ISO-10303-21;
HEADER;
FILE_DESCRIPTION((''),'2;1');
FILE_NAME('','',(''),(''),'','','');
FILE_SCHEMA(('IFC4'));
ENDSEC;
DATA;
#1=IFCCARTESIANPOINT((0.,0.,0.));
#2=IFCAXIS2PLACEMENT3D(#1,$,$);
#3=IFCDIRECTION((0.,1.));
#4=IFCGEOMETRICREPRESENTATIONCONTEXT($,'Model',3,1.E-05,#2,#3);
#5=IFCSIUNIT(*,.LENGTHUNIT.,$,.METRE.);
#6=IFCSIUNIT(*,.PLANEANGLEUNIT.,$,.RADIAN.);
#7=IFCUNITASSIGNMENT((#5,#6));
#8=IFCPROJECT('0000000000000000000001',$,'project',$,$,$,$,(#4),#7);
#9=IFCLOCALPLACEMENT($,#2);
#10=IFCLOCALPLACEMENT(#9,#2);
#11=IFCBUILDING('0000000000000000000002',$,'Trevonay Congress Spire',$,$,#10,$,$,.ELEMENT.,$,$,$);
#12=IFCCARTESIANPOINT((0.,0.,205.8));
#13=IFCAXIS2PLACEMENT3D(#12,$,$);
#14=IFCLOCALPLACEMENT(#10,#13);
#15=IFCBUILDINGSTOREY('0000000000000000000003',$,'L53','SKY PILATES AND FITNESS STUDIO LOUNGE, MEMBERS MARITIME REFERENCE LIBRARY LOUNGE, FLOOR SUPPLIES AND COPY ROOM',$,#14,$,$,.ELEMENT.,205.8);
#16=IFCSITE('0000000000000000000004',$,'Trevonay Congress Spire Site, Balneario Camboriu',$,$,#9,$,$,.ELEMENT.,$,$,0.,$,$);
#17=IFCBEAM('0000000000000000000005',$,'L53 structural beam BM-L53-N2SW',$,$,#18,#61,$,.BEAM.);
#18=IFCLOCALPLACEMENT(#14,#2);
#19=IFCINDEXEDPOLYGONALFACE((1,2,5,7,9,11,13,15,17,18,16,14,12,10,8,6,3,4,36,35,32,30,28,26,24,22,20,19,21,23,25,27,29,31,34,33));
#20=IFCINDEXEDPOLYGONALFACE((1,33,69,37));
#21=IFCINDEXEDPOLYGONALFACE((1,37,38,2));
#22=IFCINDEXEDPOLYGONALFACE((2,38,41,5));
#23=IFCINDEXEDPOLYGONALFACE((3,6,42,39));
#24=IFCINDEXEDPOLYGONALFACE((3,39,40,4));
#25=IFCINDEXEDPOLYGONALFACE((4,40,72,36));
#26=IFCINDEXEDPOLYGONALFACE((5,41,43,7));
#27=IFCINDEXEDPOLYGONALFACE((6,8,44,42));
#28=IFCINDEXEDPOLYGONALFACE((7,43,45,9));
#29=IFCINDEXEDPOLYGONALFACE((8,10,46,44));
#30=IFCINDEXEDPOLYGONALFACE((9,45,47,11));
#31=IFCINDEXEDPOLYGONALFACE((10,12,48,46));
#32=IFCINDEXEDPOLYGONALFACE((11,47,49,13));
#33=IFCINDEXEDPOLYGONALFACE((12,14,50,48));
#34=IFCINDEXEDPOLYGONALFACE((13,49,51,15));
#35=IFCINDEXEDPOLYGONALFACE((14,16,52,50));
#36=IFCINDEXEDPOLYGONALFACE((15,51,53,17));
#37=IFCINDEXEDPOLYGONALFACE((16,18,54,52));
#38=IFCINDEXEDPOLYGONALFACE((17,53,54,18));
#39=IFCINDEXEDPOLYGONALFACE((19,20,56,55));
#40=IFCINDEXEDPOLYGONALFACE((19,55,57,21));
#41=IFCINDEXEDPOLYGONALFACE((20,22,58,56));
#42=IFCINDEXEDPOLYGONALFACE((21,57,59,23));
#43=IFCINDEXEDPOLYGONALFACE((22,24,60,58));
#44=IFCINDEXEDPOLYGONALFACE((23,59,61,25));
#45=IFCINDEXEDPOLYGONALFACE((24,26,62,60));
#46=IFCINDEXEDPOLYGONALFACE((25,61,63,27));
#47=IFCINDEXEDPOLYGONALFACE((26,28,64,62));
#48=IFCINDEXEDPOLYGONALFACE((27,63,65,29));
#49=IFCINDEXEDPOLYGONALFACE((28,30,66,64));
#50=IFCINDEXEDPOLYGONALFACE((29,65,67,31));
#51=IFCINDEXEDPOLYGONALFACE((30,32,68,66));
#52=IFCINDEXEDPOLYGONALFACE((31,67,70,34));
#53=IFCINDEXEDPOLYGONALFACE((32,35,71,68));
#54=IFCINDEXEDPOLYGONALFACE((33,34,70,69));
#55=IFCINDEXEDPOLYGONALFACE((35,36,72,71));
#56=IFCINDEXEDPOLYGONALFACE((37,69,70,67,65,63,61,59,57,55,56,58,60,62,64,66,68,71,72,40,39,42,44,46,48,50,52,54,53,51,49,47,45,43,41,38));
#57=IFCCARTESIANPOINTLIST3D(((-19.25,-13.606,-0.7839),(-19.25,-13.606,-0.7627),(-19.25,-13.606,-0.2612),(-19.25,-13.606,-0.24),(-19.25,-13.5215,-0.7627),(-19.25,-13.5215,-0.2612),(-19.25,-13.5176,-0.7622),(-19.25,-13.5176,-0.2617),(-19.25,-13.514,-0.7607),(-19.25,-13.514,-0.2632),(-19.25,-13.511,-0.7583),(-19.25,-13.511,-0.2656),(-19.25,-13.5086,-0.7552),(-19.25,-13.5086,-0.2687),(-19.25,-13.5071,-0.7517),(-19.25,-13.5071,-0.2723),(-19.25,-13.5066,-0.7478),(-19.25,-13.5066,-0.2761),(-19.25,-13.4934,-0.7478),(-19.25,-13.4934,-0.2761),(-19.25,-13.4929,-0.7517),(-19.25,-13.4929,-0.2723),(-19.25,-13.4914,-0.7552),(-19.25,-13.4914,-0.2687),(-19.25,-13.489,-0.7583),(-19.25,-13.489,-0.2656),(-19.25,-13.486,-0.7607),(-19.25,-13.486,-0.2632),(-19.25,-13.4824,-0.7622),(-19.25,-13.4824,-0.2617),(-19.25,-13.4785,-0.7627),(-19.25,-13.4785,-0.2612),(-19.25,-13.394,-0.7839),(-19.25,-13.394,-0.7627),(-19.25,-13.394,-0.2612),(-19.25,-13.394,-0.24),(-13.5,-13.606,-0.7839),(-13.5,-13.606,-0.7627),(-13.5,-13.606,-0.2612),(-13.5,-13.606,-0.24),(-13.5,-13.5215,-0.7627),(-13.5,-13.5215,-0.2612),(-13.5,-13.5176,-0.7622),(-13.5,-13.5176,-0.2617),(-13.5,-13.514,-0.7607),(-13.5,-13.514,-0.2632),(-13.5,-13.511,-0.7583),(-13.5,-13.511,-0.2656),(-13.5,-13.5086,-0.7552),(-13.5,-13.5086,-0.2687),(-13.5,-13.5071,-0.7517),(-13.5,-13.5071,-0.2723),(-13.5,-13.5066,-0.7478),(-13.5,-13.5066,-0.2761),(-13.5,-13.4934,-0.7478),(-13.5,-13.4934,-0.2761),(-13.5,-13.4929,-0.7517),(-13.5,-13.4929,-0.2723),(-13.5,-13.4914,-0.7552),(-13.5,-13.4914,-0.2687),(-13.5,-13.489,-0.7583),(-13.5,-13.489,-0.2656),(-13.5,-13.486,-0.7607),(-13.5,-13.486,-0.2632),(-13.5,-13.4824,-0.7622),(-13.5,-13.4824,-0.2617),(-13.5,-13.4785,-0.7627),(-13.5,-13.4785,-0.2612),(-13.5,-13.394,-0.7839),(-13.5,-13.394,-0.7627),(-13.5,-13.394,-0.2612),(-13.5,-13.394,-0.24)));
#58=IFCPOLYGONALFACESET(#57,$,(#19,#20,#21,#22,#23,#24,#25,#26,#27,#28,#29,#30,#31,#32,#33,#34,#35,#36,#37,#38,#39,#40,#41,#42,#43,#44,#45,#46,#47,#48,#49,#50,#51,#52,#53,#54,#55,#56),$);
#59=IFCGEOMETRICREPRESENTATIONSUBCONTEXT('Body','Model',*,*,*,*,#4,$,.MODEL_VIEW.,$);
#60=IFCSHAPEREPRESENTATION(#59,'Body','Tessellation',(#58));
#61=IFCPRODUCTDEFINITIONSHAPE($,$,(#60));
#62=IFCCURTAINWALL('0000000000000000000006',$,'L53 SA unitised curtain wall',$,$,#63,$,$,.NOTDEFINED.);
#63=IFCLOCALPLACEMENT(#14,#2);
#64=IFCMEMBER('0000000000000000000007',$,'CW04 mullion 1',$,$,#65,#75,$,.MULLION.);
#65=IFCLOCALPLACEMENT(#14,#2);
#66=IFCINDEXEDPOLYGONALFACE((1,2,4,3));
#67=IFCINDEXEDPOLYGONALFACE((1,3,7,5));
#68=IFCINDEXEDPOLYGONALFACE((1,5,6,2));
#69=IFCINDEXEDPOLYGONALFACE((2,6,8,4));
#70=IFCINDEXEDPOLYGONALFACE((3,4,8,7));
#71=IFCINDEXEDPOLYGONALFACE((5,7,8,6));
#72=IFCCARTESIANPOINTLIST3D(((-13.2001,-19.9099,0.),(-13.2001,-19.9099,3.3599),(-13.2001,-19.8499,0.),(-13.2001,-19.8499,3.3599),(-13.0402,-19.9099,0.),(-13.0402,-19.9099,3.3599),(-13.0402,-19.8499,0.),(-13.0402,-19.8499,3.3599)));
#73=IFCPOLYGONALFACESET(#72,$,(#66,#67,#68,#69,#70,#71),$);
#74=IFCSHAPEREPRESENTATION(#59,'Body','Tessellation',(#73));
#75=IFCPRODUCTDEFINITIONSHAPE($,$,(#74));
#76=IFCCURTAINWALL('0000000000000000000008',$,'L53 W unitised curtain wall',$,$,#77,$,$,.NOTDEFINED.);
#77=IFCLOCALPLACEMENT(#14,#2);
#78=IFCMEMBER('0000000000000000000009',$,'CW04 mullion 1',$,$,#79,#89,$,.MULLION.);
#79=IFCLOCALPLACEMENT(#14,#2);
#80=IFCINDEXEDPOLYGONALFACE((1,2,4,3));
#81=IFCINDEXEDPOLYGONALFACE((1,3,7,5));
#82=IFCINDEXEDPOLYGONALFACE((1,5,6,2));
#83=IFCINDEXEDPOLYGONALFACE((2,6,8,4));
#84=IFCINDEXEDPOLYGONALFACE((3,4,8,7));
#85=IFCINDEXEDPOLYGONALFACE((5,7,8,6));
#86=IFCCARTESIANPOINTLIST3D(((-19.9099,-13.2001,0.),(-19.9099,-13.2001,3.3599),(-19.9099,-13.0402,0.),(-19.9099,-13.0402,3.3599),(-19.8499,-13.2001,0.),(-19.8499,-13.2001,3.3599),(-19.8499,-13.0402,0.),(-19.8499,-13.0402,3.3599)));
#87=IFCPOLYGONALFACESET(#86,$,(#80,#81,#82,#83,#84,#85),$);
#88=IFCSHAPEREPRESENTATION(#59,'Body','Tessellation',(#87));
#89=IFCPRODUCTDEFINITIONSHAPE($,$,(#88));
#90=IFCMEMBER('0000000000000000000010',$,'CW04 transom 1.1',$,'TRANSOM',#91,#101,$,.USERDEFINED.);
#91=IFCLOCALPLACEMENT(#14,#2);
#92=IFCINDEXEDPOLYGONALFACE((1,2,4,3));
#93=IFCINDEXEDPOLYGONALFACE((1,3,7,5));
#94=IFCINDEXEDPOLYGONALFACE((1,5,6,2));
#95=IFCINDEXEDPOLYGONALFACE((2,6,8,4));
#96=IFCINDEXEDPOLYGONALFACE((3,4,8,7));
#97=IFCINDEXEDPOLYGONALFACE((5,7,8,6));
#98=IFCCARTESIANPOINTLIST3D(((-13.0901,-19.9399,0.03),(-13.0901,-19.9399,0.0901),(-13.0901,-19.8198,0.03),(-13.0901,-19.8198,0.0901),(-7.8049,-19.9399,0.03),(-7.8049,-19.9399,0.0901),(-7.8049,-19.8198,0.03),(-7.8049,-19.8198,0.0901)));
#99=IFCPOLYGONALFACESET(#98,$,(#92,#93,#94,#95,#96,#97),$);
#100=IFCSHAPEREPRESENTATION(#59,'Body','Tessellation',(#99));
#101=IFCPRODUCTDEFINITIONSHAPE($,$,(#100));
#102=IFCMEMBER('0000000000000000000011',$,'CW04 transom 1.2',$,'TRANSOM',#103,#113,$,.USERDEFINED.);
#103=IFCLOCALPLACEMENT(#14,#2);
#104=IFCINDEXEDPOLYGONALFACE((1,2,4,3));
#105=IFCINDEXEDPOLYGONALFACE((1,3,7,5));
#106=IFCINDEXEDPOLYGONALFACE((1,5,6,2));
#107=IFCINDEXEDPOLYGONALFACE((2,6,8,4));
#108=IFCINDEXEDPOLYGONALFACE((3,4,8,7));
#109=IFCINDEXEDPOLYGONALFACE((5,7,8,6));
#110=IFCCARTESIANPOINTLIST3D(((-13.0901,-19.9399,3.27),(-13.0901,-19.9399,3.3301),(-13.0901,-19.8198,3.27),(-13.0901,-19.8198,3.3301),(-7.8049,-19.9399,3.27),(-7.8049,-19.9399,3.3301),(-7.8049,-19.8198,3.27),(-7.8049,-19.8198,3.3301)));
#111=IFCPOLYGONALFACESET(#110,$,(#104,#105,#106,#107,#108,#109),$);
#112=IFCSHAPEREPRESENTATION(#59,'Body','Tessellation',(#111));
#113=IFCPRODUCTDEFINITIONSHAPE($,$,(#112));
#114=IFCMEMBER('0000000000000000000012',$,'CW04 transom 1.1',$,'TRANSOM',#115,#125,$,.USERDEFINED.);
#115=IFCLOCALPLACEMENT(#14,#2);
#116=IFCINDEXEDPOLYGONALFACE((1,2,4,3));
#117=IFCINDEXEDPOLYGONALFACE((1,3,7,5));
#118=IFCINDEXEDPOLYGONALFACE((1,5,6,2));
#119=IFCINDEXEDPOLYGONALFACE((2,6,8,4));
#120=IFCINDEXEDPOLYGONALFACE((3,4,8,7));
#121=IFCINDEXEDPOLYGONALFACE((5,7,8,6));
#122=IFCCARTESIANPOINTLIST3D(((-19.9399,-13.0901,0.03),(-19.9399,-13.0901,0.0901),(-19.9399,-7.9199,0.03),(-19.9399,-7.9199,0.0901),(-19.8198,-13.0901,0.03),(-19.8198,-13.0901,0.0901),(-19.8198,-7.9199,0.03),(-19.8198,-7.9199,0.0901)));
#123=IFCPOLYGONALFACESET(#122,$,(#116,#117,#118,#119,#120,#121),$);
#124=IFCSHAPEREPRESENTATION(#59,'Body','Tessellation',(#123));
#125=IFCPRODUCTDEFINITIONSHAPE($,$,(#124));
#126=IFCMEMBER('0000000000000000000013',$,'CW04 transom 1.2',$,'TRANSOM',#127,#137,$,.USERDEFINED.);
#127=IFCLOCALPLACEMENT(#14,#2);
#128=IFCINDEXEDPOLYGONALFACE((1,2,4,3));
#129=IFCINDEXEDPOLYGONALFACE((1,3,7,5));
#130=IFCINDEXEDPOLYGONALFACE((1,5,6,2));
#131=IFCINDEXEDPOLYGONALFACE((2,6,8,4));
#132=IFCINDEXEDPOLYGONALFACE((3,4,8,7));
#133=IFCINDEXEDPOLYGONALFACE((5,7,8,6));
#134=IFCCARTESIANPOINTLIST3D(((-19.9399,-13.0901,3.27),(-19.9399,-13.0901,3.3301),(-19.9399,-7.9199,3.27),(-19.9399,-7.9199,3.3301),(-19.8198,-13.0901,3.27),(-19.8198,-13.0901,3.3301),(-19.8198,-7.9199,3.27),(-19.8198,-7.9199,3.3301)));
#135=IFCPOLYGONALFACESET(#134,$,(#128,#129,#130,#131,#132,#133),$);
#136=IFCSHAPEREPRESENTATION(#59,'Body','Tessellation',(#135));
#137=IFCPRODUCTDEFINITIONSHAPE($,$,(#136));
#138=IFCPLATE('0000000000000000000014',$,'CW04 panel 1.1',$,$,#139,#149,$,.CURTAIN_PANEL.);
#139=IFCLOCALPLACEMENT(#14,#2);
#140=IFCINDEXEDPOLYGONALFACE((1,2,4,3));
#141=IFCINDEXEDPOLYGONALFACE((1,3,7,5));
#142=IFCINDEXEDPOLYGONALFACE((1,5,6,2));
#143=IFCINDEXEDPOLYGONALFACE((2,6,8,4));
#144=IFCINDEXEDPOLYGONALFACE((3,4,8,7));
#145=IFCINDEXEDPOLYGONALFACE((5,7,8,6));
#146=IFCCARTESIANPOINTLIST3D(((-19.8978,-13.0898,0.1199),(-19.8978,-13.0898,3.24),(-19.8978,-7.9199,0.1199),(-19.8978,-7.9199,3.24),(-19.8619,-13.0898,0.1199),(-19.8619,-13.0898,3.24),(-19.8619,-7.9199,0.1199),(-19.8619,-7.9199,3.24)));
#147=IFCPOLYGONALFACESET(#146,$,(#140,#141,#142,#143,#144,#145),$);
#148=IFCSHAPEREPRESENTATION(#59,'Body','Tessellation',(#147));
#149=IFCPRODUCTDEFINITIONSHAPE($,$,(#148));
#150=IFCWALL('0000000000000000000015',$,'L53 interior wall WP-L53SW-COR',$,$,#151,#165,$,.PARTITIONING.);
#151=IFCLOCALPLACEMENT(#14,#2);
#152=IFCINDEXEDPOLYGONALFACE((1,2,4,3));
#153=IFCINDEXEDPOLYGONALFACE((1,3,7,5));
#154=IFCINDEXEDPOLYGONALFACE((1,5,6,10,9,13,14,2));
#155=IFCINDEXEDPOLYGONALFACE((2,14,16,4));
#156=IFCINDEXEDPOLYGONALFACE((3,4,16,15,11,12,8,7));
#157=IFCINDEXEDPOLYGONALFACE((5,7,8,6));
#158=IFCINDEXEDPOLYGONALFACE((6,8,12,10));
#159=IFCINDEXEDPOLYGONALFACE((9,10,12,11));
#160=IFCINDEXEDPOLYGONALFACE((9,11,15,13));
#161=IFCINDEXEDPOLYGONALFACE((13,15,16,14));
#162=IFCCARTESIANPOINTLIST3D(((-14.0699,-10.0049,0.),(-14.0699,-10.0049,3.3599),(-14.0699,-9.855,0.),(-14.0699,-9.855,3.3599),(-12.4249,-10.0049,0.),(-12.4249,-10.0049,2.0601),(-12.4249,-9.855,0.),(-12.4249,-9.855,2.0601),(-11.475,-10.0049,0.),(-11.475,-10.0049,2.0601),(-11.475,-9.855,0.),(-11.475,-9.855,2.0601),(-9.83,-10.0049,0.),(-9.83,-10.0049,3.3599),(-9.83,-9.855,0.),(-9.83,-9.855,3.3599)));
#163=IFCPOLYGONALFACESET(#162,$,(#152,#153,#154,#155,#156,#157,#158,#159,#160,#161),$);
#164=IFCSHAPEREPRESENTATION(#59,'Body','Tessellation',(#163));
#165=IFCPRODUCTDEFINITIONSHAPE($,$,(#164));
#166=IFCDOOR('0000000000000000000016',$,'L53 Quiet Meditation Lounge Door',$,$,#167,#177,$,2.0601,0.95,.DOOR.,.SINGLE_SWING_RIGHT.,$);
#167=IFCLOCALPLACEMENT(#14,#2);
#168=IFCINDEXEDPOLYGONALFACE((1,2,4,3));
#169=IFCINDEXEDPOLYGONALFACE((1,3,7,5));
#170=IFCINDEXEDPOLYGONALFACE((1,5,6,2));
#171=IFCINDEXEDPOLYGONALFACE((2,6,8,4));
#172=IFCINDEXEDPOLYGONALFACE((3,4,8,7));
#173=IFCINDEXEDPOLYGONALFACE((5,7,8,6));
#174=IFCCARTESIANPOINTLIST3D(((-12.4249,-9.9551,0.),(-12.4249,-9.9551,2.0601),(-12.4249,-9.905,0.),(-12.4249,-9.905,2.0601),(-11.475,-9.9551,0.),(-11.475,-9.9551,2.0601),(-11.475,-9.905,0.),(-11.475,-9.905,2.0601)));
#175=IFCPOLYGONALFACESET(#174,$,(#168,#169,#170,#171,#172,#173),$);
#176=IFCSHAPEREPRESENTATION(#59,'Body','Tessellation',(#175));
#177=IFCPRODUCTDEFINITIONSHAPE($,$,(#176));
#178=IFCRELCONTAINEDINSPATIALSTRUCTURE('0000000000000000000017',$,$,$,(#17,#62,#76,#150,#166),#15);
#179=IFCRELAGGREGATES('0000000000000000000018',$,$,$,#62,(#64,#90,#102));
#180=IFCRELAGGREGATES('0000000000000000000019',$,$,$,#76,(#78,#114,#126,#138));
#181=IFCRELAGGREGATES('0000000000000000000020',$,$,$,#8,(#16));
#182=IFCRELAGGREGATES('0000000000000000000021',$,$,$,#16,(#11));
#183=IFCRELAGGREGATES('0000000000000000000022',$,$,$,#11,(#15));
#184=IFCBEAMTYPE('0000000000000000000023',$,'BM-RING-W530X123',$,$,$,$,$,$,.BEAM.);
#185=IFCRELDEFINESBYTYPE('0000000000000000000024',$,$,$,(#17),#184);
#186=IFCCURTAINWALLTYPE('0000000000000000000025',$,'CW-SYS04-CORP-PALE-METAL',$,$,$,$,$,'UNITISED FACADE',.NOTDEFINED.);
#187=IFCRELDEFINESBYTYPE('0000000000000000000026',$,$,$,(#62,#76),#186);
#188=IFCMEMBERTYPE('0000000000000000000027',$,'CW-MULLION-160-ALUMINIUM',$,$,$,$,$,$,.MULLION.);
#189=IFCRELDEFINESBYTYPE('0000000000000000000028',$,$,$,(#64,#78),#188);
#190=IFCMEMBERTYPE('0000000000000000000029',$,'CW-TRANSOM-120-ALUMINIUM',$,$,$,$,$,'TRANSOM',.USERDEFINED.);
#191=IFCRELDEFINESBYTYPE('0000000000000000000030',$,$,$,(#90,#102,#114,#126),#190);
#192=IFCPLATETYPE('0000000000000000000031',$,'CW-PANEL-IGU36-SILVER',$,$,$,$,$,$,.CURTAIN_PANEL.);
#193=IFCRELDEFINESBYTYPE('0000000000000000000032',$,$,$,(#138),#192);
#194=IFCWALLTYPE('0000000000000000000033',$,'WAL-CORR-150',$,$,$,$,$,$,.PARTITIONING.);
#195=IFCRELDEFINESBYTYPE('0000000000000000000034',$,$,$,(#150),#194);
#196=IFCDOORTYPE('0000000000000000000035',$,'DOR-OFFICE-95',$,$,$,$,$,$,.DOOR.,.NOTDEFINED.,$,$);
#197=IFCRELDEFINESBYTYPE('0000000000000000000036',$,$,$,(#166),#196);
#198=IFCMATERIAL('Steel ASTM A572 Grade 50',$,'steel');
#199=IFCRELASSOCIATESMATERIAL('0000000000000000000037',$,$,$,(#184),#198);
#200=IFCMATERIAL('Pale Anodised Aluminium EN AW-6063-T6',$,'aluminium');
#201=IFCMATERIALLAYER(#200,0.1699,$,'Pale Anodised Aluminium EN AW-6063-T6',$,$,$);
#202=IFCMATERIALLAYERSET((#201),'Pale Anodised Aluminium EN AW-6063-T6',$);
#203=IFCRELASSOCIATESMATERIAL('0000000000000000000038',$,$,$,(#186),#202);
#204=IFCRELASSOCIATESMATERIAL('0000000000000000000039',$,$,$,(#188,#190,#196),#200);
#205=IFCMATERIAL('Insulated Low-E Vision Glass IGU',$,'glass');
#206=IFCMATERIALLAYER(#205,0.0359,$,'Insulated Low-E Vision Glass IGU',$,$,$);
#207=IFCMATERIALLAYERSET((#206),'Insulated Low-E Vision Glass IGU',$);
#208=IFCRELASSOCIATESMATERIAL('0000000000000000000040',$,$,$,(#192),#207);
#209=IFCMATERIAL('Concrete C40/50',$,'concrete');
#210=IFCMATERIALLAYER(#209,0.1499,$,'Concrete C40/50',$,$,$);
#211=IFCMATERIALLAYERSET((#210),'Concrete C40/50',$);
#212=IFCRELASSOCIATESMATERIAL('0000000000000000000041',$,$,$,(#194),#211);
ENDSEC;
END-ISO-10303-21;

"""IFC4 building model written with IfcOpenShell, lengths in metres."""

from ifc_helpers import new_model, si_unit, direction, frame, frame_2d, origin, origin_2d, place, context, subcontext, project, spatial, rectangle, i_section, extrude, material, layer, layer_set, material_profile, profile_set, type_object, element, fill, aggregate, save


model = new_model("IFC4")

# Units and contexts
model_context = context("Model", 3, precision=1e-05, world=origin(), true_north=direction((0.0, 1.0)))
body_context = subcontext(model_context, "Body", "Model", "MODEL_VIEW")
ifc_project = project(units=[si_unit("LENGTHUNIT", "METRE"), si_unit("PLANEANGLEUNIT", "RADIAN")], contexts=[model_context])

# Site, building, storey
site_placement = place(None, origin())
site = spatial("IfcSite", under=ifc_project, at=site_placement, Name="Trevonay Congress Spire Site, Balneario Camboriu", CompositionType="ELEMENT", RefElevation=0.0)
building_placement = place(site_placement, origin())
building = spatial("IfcBuilding", under=site, at=building_placement, Name="Trevonay Congress Spire", CompositionType="ELEMENT")
storey_placement = place(building_placement, frame((0.0, 0.0, 205.8)))
storey = spatial("IfcBuildingStorey", under=building, at=storey_placement, Name="L53", Description="SKY PILATES AND FITNESS STUDIO LOUNGE, MEMBERS MARITIME REFERENCE LIBRARY LOUNGE, FLOOR SUPPLIES AND COPY ROOM", CompositionType="ELEMENT", Elevation=205.8)

# Shared definitions
ifc_material_1 = material(Name="Steel ASTM A572 Grade 50", Category="steel")

# Beam
ifc_material_profile_1 = material_profile(ifc_material_1, i_section(OverallWidth=0.2119, OverallDepth=0.5439, WebThickness=0.0132, FlangeThickness=0.0212, FilletRadius=0.0149, at=origin_2d()), Name="W530x123")
ifc_profile_set_1 = profile_set([ifc_material_profile_1], Name="Steel ASTM A572 Grade 50")
beam_type = type_object("IfcBeamType", Name="BM-RING-W530X123", PredefinedType="BEAM", material=ifc_profile_set_1)
for number, where, z_axis, x_axis, name in (
    (1, (-19.25, -13.5, -0.512), (1.0, 0.0, 0.0), (0.0, 1.0, 0.0), "L53 structural beam BM-L53-N2SW"),
):
    element("IfcBeam", number, at=place(storey_placement, frame(where, z_axis=z_axis, x_axis=x_axis)), inside=storey, type_object=beam_type, Name=name, PredefinedType="BEAM", context=body_context, shape_type="SweptSolid", body=[
        extrude(i_section(OverallWidth=0.2119, OverallDepth=0.5439, WebThickness=0.0132, FlangeThickness=0.0212, FilletRadius=0.0149, at=origin_2d()), origin(), (0.0, 0.0, 1.0), 5.75),
    ])

# Curtain walls, members
ifc_material_2 = material(Name="Pale Anodised Aluminium EN AW-6063-T6", Category="aluminium")
ifc_layer_1 = layer(ifc_material_2, 0.1699, Name="Pale Anodised Aluminium EN AW-6063-T6")
ifc_layer_set_1 = layer_set([ifc_layer_1], Name="Pale Anodised Aluminium EN AW-6063-T6")
curtain_wall_type = type_object("IfcCurtainWallType", Name="CW-SYS04-CORP-PALE-METAL", ElementType="UNITISED FACADE", PredefinedType="NOTDEFINED", material=ifc_layer_set_1)
curtain_wall_1_placement = place(storey_placement, origin())
curtain_wall_1 = element("IfcCurtainWall", 2, at=curtain_wall_1_placement, inside=storey, type_object=curtain_wall_type, Name="L53 SA unitised curtain wall", PredefinedType="NOTDEFINED")
ifc_material_profile_2 = material_profile(ifc_material_2, rectangle(XDim=0.0601, YDim=0.1599, at=origin_2d()), Name="CW-MULLION-160-ALUMINIUM")
ifc_profile_set_2 = profile_set([ifc_material_profile_2], Name="Pale Anodised Aluminium EN AW-6063-T6")
member_type_1 = type_object("IfcMemberType", Name="CW-MULLION-160-ALUMINIUM", PredefinedType="MULLION", material=ifc_profile_set_2)
member_1_placement = place(storey_placement, frame((-13.1201, -19.8799, 0.0), z_axis=(0.0, 0.0, 1.0), x_axis=(0.0, 1.0, 0.0)))
member_1 = element("IfcMember", 3, at=member_1_placement, type_object=member_type_1, Name="CW04 mullion 1", PredefinedType="MULLION", context=body_context, shape_type="SweptSolid", body=[
    extrude(rectangle(XDim=0.0601, YDim=0.1599, at=origin_2d()), origin(), (0.0, 0.0, 1.0), 3.3599),
])
curtain_wall_2_placement = place(storey_placement, origin())
curtain_wall_2 = element("IfcCurtainWall", 4, at=curtain_wall_2_placement, inside=storey, type_object=curtain_wall_type, Name="L53 W unitised curtain wall", PredefinedType="NOTDEFINED")
member_2_placement = place(storey_placement, frame((-19.8799, -13.1201, 0.0), z_axis=(0.0, 0.0, 1.0), x_axis=(-1.0, 0.0, 0.0)))
member_2 = element("IfcMember", 5, at=member_2_placement, type_object=member_type_1, Name="CW04 mullion 1", PredefinedType="MULLION", context=body_context, shape_type="SweptSolid", body=[
    extrude(rectangle(XDim=0.0601, YDim=0.1599, at=origin_2d()), origin(), (0.0, 0.0, 1.0), 3.3599),
])

# Members
ifc_material_profile_3 = material_profile(ifc_material_2, rectangle(XDim=0.1201, YDim=0.0601, at=origin_2d()), Name="CW-TRANSOM-120-ALUMINIUM")
ifc_profile_set_3 = profile_set([ifc_material_profile_3], Name="Pale Anodised Aluminium EN AW-6063-T6")
member_type_2 = type_object("IfcMemberType", Name="CW-TRANSOM-120-ALUMINIUM", ElementType="TRANSOM", PredefinedType="USERDEFINED", material=ifc_profile_set_3)
member_3_placement = place(storey_placement, frame((-13.0901, -19.8799, 0.0601), z_axis=(1.0, 0.0, 0.0), x_axis=(0.0, 1.0, 0.0)))
member_3 = element("IfcMember", 6, at=member_3_placement, type_object=member_type_2, Name="CW04 transom 1.1", ObjectType="TRANSOM", PredefinedType="USERDEFINED", context=body_context, shape_type="SweptSolid", body=[
    extrude(rectangle(XDim=0.1201, YDim=0.0601, at=origin_2d()), origin(), (0.0, 0.0, 1.0), 5.2852),
])
member_4_placement = place(storey_placement, frame((-13.0901, -19.8799, 3.3), z_axis=(1.0, 0.0, 0.0), x_axis=(0.0, 1.0, 0.0)))
member_4 = element("IfcMember", 7, at=member_4_placement, type_object=member_type_2, Name="CW04 transom 1.2", ObjectType="TRANSOM", PredefinedType="USERDEFINED", context=body_context, shape_type="SweptSolid", body=[
    extrude(rectangle(XDim=0.1201, YDim=0.0601, at=origin_2d()), origin(), (0.0, 0.0, 1.0), 5.2852),
])
aggregate(curtain_wall_1, [member_1, member_3, member_4])
member_5_placement = place(storey_placement, frame((-19.8799, -13.0901, 0.0601), z_axis=(0.0, 1.0, 0.0), x_axis=(-1.0, 0.0, 0.0)))
member_5 = element("IfcMember", 8, at=member_5_placement, type_object=member_type_2, Name="CW04 transom 1.1", ObjectType="TRANSOM", PredefinedType="USERDEFINED", context=body_context, shape_type="SweptSolid", body=[
    extrude(rectangle(XDim=0.1201, YDim=0.0601, at=origin_2d()), origin(), (0.0, 0.0, 1.0), 5.1702),
])
member_6_placement = place(storey_placement, frame((-19.8799, -13.0901, 3.3), z_axis=(0.0, 1.0, 0.0), x_axis=(-1.0, 0.0, 0.0)))
member_6 = element("IfcMember", 9, at=member_6_placement, type_object=member_type_2, Name="CW04 transom 1.2", ObjectType="TRANSOM", PredefinedType="USERDEFINED", context=body_context, shape_type="SweptSolid", body=[
    extrude(rectangle(XDim=0.1201, YDim=0.0601, at=origin_2d()), origin(), (0.0, 0.0, 1.0), 5.1702),
])

# Plate
ifc_material_3 = material(Name="Insulated Low-E Vision Glass IGU", Category="glass")
ifc_layer_2 = layer(ifc_material_3, 0.0359, Name="Insulated Low-E Vision Glass IGU")
ifc_layer_set_2 = layer_set([ifc_layer_2], Name="Insulated Low-E Vision Glass IGU")
plate_type = type_object("IfcPlateType", Name="CW-PANEL-IGU36-SILVER", PredefinedType="CURTAIN_PANEL", material=ifc_layer_set_2)
plate_placement = place(storey_placement, frame((-19.8799, -10.5049, 0.1199), z_axis=(0.0, 0.0, 1.0), x_axis=(0.0, 1.0, 0.0)))
plate = element("IfcPlate", 10, at=plate_placement, type_object=plate_type, Name="CW04 panel 1.1", PredefinedType="CURTAIN_PANEL", context=body_context, shape_type="SweptSolid", body=[
    extrude(rectangle(XDim=5.1699, YDim=0.0359, at=origin_2d()), origin(), (0.0, 0.0, 1.0), 3.1201),
])
aggregate(curtain_wall_2, [member_2, member_5, member_6, plate])

# Wall, opening, door
ifc_material_4 = material(Name="Concrete C40/50", Category="concrete")
ifc_layer_3 = layer(ifc_material_4, 0.1499, Name="Concrete C40/50")
ifc_layer_set_3 = layer_set([ifc_layer_3], Name="Concrete C40/50")
wall_type_1 = type_object("IfcWallType", Name="WAL-CORR-150", PredefinedType="PARTITIONING", material=ifc_layer_set_3)
wall_1_placement = place(storey_placement, frame((-14.0701, -9.9299, 0.0), z_axis=(0.0, 0.0, 1.0), x_axis=(1.0, 0.0, 0.0)))
wall_1 = element("IfcWall", 11, at=wall_1_placement, inside=storey, type_object=wall_type_1, Name="L53 interior wall WP-L53SW-COR", PredefinedType="PARTITIONING", context=body_context, shape_type="SweptSolid", body=[
    extrude(rectangle(XDim=4.24, YDim=0.1499, at=frame_2d((2.1201, 0.0))), origin(), (0.0, 0.0, 1.0), 3.3599),
])
opening_1_placement = place(wall_1_placement, frame((1.645, 0.0, 0.0)))
opening_1 = element("IfcOpeningElement", 12, at=opening_1_placement, cuts=wall_1, PredefinedType="OPENING", context=body_context, shape_type="SweptSolid", body=[
    extrude(rectangle(XDim=0.95, YDim=2.0601, at=frame_2d((0.4751, 1.03))), frame((0.0, 0.085, 0.0), z_axis=(0.0, -1.0, 0.0), x_axis=(1.0, 0.0, 0.0)), (0.0, 0.0, 1.0), 0.1699),
])
door_type = type_object("IfcDoorType", Name="DOR-OFFICE-95", OperationType="NOTDEFINED", PredefinedType="DOOR", material=ifc_material_2)
door_placement = place(opening_1_placement, origin())
door = element("IfcDoor", 13, at=door_placement, inside=storey, type_object=door_type, Name="L53 Quiet Meditation Lounge Door", OperationType="SINGLE_SWING_RIGHT", OverallHeight=2.0601, OverallWidth=0.95, PredefinedType="DOOR", context=body_context, shape_type="SweptSolid", body=[
    extrude(rectangle(XDim=0.95, YDim=2.0601, at=frame_2d((0.4751, 1.03))), frame((0.0, 0.0249, 0.0), z_axis=(0.0, -1.0, 0.0), x_axis=(1.0, 0.0, 0.0)), (0.0, 0.0, 1.0), 0.05),
])
fill(opening_1, door)

save(model, "model.ifc")
